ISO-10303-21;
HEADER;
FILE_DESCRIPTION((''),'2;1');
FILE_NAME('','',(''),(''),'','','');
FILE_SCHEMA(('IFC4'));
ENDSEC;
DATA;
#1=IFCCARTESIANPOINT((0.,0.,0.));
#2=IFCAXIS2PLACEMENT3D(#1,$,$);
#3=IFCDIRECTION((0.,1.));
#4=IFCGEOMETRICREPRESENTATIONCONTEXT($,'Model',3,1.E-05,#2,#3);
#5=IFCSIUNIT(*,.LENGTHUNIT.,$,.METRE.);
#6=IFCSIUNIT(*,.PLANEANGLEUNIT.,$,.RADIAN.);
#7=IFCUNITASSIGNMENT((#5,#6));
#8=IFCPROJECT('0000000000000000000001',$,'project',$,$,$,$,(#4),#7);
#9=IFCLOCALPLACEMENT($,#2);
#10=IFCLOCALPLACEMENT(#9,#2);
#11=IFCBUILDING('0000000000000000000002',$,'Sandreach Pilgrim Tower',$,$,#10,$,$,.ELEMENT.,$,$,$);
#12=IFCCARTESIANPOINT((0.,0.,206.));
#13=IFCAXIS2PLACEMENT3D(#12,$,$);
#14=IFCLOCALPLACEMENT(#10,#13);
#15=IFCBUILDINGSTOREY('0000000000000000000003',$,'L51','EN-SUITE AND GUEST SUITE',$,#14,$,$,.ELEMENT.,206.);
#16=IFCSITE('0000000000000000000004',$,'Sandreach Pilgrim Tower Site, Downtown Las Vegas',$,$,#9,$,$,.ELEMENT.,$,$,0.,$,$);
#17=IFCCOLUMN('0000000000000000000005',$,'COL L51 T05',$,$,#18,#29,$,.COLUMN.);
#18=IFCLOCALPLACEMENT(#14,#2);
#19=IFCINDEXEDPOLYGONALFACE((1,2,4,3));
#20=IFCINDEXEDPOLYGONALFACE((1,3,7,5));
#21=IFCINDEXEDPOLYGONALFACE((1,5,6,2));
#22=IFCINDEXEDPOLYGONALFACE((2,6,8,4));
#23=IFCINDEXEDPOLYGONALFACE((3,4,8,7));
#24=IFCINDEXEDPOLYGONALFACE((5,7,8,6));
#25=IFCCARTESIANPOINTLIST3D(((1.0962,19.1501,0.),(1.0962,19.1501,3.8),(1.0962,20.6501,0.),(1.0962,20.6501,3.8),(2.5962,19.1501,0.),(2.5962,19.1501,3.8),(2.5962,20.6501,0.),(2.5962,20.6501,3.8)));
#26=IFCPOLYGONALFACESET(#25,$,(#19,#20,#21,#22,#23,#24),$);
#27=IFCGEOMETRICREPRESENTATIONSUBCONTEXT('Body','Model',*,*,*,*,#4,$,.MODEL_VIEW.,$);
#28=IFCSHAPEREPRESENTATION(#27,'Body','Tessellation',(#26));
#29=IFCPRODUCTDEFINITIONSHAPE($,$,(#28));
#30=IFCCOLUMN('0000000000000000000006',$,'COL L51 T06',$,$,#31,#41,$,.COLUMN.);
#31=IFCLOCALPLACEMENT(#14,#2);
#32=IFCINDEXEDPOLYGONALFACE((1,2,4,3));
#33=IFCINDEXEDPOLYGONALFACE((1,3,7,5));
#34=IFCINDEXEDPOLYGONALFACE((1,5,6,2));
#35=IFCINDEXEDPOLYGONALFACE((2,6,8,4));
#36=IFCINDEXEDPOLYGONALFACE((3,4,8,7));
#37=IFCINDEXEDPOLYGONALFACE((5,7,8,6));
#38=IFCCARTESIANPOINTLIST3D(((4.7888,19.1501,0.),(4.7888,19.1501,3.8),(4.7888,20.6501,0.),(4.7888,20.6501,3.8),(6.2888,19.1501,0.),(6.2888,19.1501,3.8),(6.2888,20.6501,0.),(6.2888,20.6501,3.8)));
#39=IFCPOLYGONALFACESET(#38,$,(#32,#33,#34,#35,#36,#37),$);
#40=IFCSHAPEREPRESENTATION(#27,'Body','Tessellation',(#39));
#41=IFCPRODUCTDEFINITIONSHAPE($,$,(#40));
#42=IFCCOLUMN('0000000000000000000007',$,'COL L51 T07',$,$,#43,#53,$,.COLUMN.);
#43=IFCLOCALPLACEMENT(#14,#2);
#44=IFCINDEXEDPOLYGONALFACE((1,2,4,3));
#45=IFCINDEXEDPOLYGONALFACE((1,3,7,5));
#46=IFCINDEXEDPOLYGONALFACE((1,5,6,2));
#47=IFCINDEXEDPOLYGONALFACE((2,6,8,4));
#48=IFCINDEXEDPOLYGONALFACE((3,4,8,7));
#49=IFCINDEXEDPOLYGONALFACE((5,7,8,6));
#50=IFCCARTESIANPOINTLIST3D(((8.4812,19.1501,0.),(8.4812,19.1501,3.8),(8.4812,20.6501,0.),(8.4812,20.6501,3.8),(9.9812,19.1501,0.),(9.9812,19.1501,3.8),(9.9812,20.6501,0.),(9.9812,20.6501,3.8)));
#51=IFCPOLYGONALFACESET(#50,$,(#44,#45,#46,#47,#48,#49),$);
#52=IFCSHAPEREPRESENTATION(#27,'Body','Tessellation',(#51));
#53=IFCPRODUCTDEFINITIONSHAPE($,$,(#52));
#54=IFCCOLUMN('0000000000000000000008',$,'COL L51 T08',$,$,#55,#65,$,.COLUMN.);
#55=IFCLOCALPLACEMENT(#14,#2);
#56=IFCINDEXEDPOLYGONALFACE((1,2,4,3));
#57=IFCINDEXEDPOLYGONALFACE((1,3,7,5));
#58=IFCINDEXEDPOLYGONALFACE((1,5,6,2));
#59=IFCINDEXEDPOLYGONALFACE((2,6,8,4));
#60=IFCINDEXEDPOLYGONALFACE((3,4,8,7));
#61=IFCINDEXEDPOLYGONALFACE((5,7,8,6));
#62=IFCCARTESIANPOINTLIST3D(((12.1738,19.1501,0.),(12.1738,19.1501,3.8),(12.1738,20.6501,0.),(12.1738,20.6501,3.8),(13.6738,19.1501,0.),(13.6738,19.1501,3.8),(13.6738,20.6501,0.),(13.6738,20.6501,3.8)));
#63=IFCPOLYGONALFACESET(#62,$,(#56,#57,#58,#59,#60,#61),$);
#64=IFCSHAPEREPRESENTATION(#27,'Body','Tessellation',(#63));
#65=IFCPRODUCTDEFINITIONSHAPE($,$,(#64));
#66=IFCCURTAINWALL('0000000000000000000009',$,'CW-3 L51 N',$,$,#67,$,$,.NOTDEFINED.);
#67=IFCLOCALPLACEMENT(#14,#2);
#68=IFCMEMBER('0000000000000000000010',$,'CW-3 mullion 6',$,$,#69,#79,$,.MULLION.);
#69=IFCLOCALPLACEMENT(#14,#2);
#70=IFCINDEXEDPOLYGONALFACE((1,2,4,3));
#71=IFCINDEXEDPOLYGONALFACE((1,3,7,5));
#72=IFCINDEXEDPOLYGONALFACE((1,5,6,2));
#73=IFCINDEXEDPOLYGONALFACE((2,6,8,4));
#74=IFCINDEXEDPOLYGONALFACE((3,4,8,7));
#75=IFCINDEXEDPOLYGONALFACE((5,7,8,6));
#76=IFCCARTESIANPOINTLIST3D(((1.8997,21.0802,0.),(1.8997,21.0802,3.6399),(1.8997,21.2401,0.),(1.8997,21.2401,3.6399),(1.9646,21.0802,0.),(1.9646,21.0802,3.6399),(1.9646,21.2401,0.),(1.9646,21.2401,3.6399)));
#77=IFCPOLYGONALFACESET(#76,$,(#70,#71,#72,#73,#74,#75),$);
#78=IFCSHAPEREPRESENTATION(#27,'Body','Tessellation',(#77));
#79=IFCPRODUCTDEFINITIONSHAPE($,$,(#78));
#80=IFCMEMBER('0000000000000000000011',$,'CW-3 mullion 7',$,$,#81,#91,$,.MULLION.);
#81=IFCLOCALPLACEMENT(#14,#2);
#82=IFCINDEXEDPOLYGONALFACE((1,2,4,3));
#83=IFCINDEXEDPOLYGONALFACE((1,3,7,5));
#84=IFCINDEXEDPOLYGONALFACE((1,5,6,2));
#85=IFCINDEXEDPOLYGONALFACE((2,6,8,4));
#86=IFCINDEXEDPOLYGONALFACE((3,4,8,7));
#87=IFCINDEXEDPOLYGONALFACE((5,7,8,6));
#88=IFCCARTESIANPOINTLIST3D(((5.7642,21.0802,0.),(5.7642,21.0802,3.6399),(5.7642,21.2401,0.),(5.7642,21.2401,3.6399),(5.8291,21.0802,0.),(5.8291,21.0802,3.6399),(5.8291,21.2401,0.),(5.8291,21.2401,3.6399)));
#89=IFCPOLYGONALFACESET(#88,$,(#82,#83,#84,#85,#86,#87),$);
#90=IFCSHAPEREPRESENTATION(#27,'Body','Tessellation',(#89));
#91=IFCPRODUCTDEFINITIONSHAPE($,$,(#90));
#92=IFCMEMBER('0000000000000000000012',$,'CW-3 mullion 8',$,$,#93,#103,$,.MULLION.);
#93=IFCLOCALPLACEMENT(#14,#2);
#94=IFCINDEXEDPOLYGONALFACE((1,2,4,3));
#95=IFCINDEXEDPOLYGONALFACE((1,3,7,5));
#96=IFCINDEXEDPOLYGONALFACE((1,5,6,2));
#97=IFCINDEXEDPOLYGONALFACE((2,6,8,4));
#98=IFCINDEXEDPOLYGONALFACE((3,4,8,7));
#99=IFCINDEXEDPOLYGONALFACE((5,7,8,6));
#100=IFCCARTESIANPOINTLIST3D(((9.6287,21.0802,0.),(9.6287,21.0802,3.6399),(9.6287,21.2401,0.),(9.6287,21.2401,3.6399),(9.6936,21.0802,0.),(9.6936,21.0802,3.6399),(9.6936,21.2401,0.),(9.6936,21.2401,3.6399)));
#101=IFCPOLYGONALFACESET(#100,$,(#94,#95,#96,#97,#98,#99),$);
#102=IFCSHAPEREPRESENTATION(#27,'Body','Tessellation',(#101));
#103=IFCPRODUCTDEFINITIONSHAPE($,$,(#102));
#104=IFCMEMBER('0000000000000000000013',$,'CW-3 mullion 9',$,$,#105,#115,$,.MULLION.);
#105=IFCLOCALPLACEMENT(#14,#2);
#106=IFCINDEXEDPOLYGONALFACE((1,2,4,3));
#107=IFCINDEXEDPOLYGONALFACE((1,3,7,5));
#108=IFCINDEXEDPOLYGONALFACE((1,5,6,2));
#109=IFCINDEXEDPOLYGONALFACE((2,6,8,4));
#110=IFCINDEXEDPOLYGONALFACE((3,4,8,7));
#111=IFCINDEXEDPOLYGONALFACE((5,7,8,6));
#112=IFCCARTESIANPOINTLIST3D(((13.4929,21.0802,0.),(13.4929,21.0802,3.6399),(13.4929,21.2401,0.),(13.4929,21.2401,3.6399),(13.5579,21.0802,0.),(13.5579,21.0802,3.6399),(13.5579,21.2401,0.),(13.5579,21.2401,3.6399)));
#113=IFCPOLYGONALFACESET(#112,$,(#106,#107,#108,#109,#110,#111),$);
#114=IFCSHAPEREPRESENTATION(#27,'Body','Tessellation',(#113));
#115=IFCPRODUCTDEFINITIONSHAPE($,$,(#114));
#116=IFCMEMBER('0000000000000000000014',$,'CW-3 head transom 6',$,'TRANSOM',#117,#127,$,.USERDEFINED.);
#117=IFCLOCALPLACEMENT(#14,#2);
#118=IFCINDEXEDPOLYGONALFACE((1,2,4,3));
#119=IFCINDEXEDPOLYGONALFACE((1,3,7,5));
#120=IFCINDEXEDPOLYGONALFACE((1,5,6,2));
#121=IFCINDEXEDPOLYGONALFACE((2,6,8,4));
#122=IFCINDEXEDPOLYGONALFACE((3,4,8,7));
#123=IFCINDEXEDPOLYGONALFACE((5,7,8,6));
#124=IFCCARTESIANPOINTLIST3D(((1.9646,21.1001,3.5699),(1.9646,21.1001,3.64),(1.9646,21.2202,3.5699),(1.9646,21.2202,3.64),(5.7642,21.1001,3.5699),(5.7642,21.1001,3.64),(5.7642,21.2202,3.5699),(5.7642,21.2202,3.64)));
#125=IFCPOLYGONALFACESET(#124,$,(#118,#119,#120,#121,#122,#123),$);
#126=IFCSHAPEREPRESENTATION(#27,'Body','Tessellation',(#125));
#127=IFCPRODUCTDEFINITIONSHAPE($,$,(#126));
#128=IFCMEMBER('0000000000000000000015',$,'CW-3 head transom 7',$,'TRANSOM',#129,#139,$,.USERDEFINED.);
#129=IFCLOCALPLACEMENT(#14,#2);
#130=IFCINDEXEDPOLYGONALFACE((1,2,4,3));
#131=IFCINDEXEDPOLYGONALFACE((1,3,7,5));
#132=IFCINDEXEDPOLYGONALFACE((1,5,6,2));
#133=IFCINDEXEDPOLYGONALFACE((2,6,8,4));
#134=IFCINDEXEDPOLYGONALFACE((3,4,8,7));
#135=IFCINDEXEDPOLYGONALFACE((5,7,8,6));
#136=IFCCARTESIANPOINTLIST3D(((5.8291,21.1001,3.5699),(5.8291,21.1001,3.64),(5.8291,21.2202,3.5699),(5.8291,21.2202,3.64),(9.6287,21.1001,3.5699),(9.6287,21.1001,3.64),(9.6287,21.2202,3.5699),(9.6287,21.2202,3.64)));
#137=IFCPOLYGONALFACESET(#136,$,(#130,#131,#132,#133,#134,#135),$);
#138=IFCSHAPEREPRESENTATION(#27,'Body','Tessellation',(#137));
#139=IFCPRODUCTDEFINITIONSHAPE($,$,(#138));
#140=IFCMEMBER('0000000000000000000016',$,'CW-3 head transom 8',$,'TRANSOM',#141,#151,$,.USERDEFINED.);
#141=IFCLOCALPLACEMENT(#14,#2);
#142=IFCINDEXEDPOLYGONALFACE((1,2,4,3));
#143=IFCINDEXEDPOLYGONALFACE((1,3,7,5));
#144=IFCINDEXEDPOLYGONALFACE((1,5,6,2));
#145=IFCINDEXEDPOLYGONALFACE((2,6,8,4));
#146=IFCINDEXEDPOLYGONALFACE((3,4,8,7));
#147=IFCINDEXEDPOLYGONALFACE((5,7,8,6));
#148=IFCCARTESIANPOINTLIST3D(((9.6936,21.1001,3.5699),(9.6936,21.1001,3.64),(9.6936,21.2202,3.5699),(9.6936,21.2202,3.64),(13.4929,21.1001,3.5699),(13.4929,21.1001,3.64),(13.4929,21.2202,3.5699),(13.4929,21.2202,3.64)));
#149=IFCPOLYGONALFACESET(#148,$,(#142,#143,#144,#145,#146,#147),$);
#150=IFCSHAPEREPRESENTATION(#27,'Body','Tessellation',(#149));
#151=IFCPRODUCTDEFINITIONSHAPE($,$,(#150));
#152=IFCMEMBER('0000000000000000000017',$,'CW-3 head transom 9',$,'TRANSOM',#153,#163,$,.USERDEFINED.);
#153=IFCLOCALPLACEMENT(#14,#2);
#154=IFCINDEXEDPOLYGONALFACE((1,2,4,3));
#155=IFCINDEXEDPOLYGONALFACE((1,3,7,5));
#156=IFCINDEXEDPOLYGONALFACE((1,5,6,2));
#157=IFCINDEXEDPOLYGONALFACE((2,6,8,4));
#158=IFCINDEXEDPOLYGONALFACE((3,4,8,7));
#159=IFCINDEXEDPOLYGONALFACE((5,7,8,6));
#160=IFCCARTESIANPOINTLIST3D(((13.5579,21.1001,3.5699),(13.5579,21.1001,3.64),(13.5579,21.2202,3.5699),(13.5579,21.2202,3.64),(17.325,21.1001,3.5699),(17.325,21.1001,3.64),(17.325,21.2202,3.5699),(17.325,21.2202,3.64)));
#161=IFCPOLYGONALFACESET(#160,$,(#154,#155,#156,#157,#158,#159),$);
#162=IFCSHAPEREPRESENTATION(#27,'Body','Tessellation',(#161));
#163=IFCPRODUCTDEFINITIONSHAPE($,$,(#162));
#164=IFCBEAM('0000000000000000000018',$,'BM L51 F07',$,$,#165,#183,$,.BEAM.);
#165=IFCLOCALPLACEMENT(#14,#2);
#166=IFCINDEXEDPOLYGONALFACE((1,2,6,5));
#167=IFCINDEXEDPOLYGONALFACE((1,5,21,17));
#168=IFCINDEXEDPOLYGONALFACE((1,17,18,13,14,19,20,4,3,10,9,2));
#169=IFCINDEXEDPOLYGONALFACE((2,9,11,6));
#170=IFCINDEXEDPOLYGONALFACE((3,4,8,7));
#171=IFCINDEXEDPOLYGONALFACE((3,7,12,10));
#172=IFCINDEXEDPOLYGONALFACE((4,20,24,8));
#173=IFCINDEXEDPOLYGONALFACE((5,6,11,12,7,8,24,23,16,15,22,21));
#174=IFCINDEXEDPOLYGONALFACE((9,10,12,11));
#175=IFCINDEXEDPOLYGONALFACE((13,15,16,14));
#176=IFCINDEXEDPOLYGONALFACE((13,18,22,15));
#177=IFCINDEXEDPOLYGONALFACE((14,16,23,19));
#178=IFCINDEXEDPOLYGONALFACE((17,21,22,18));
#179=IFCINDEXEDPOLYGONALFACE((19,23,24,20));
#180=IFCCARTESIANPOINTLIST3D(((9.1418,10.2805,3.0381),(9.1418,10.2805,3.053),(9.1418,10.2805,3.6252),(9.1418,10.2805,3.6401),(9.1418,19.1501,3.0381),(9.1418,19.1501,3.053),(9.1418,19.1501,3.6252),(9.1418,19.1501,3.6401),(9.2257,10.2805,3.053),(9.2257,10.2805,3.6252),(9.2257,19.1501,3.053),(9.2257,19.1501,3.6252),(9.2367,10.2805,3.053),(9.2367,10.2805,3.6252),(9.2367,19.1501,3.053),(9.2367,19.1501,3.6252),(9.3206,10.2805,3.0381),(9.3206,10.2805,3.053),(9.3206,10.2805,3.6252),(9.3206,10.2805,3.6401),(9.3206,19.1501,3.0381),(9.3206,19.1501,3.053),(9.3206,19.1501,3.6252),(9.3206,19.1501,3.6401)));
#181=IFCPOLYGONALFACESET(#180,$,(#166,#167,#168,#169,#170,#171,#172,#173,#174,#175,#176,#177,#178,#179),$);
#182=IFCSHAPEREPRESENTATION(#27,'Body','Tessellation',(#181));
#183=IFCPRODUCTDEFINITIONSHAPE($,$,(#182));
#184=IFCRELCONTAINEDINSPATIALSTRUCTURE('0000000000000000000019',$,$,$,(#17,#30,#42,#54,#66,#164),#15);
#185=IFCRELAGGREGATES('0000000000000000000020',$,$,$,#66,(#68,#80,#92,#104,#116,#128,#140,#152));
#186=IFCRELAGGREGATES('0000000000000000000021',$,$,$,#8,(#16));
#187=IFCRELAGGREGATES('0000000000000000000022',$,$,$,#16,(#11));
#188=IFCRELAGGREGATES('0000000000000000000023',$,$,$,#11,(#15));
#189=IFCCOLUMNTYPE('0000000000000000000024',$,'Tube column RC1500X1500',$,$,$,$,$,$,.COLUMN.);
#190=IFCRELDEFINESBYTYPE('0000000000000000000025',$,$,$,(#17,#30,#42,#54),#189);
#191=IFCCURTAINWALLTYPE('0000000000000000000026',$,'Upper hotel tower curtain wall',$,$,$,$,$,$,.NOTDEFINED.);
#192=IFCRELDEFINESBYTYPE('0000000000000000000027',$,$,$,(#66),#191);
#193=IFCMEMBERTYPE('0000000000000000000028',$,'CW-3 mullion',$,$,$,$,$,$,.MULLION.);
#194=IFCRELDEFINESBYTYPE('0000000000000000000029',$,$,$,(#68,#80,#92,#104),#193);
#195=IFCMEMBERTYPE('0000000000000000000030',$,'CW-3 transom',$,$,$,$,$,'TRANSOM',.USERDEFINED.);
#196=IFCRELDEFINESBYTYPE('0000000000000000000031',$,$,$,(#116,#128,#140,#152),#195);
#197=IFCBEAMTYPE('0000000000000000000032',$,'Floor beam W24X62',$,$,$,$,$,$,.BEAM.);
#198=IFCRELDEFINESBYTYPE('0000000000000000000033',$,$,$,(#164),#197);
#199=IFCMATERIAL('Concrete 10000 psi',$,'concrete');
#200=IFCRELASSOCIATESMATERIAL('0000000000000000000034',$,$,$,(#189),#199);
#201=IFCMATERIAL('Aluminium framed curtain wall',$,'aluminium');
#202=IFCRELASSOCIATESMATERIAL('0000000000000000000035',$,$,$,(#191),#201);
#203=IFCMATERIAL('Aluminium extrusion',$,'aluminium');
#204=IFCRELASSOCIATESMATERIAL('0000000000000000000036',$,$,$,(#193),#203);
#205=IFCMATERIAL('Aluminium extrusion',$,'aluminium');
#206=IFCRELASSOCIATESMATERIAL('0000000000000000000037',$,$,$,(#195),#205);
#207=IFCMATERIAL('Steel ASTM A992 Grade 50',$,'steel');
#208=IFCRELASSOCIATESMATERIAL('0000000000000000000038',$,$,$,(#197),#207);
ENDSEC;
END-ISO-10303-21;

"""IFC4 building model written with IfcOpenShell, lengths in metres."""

from ifc_helpers import new_model, si_unit, direction, frame, origin, origin_2d, place, context, subcontext, project, spatial, rectangle, i_section, extrude, material, material_profile, profile_set, type_object, element, aggregate, save


model = new_model("IFC4")

# Units and contexts
model_context = context("Model", 3, precision=1e-05, world=origin(), true_north=direction((0.0, 1.0)))
body_context = subcontext(model_context, "Body", "Model", "MODEL_VIEW")
ifc_project = project(units=[si_unit("LENGTHUNIT", "METRE"), si_unit("PLANEANGLEUNIT", "RADIAN")], contexts=[model_context])

# Site, building, storey
site_placement = place(None, origin())
site = spatial("IfcSite", under=ifc_project, at=site_placement, Name="Sandreach Pilgrim Tower Site, Downtown Las Vegas", CompositionType="ELEMENT", RefElevation=0.0)
building_placement = place(site_placement, origin())
building = spatial("IfcBuilding", under=site, at=building_placement, Name="Sandreach Pilgrim Tower", CompositionType="ELEMENT")
storey_placement = place(building_placement, frame((0.0, 0.0, 206.0)))
storey = spatial("IfcBuildingStorey", under=building, at=storey_placement, Name="L51", Description="EN-SUITE AND GUEST SUITE", CompositionType="ELEMENT", Elevation=206.0)

# Columns
ifc_material_1 = material(Name="Concrete 10000 psi", Category="concrete")
ifc_material_profile_1 = material_profile(ifc_material_1, rectangle(XDim=1.5, YDim=1.5, at=origin_2d()), Name="RC1500X1500")
ifc_profile_set_1 = profile_set([ifc_material_profile_1], Name="Concrete 10000 psi")
column_type = type_object("IfcColumnType", Name="Tube column RC1500X1500", PredefinedType="COLUMN", material=ifc_profile_set_1)
for number, where, z_axis, x_axis, name in (
    (1, (1.8462, 19.9001, 0.0), (0.0, 0.0, 1.0), (0.0, 1.0, 0.0), "COL L51 T05"),
    (2, (5.5388, 19.9001, 0.0), (0.0, 0.0, 1.0), (0.0, 1.0, 0.0), "COL L51 T06"),
    (3, (9.2312, 19.9001, 0.0), (0.0, 0.0, 1.0), (0.0, 1.0, 0.0), "COL L51 T07"),
    (4, (12.9238, 19.9001, 0.0), (0.0, 0.0, 1.0), (0.0, 1.0, 0.0), "COL L51 T08"),
):
    element("IfcColumn", number, at=place(storey_placement, frame(where, z_axis=z_axis, x_axis=x_axis)), inside=storey, type_object=column_type, Name=name, PredefinedType="COLUMN", context=body_context, shape_type="SweptSolid", body=[
        extrude(rectangle(XDim=1.5, YDim=1.5, at=origin_2d()), origin(), (0.0, 0.0, 1.0), 3.8),
    ])

# Curtain wall, members
ifc_material_2 = material(Name="Aluminium framed curtain wall", Category="aluminium")
curtain_wall_type = type_object("IfcCurtainWallType", Name="Upper hotel tower curtain wall", PredefinedType="NOTDEFINED", material=ifc_material_2)
curtain_wall_placement = place(storey_placement, origin())
curtain_wall = element("IfcCurtainWall", 5, at=curtain_wall_placement, inside=storey, type_object=curtain_wall_type, Name="CW-3 L51 N", PredefinedType="NOTDEFINED")
ifc_material_3 = material(Name="Aluminium extrusion", Category="aluminium")
ifc_material_profile_2 = material_profile(ifc_material_3, rectangle(XDim=0.0649, YDim=0.1599, at=origin_2d()), Name="CW-3M 65X160")
ifc_profile_set_2 = profile_set([ifc_material_profile_2], Name="Aluminium extrusion")
member_type_1 = type_object("IfcMemberType", Name="CW-3 mullion", PredefinedType="MULLION", material=ifc_profile_set_2)
member_1_placement = place(storey_placement, frame((1.9321, 21.1602, 0.0), z_axis=(0.0, 0.0, 1.0), x_axis=(1.0, 0.0, 0.0)))
member_1 = element("IfcMember", 6, at=member_1_placement, type_object=member_type_1, Name="CW-3 mullion 6", PredefinedType="MULLION", context=body_context, shape_type="SweptSolid", body=[
    extrude(rectangle(XDim=0.0649, YDim=0.1599, at=origin_2d()), origin(), (0.0, 0.0, 1.0), 3.6399),
])
member_2_placement = place(storey_placement, frame((5.7966, 21.1602, 0.0), z_axis=(0.0, 0.0, 1.0), x_axis=(1.0, 0.0, 0.0)))
member_2 = element("IfcMember", 7, at=member_2_placement, type_object=member_type_1, Name="CW-3 mullion 7", PredefinedType="MULLION", context=body_context, shape_type="SweptSolid", body=[
    extrude(rectangle(XDim=0.0649, YDim=0.1599, at=origin_2d()), origin(), (0.0, 0.0, 1.0), 3.6399),
])
member_3_placement = place(storey_placement, frame((9.6611, 21.1602, 0.0), z_axis=(0.0, 0.0, 1.0), x_axis=(1.0, 0.0, 0.0)))
member_3 = element("IfcMember", 8, at=member_3_placement, type_object=member_type_1, Name="CW-3 mullion 8", PredefinedType="MULLION", context=body_context, shape_type="SweptSolid", body=[
    extrude(rectangle(XDim=0.0649, YDim=0.1599, at=origin_2d()), origin(), (0.0, 0.0, 1.0), 3.6399),
])
member_4_placement = place(storey_placement, frame((13.5254, 21.1602, 0.0), z_axis=(0.0, 0.0, 1.0), x_axis=(1.0, 0.0, 0.0)))
member_4 = element("IfcMember", 9, at=member_4_placement, type_object=member_type_1, Name="CW-3 mullion 9", PredefinedType="MULLION", context=body_context, shape_type="SweptSolid", body=[
    extrude(rectangle(XDim=0.0649, YDim=0.1599, at=origin_2d()), origin(), (0.0, 0.0, 1.0), 3.6399),
])
ifc_material_4 = material(Name="Aluminium extrusion", Category="aluminium")
ifc_material_profile_3 = material_profile(ifc_material_4, rectangle(XDim=0.1201, YDim=0.0701, at=origin_2d()), Name="CW-3T 120X70")
ifc_profile_set_3 = profile_set([ifc_material_profile_3], Name="Aluminium extrusion")
member_type_2 = type_object("IfcMemberType", Name="CW-3 transom", ElementType="TRANSOM", PredefinedType="USERDEFINED", material=ifc_profile_set_3)
member_5_placement = place(storey_placement, frame((1.9646, 21.1602, 3.605), z_axis=(1.0, 0.0, 0.0), x_axis=(0.0, 1.0, 0.0)))
member_5 = element("IfcMember", 10, at=member_5_placement, type_object=member_type_2, Name="CW-3 head transom 6", ObjectType="TRANSOM", PredefinedType="USERDEFINED", context=body_context, shape_type="SweptSolid", body=[
    extrude(rectangle(XDim=0.1201, YDim=0.0701, at=origin_2d()), origin(), (0.0, 0.0, 1.0), 3.7996),
])
member_6_placement = place(storey_placement, frame((5.8291, 21.1602, 3.605), z_axis=(1.0, 0.0, 0.0), x_axis=(0.0, 1.0, 0.0)))
member_6 = element("IfcMember", 11, at=member_6_placement, type_object=member_type_2, Name="CW-3 head transom 7", ObjectType="TRANSOM", PredefinedType="USERDEFINED", context=body_context, shape_type="SweptSolid", body=[
    extrude(rectangle(XDim=0.1201, YDim=0.0701, at=origin_2d()), origin(), (0.0, 0.0, 1.0), 3.7996),
])
member_7_placement = place(storey_placement, frame((9.6936, 21.1602, 3.605), z_axis=(1.0, 0.0, 0.0), x_axis=(0.0, 1.0, 0.0)))
member_7 = element("IfcMember", 12, at=member_7_placement, type_object=member_type_2, Name="CW-3 head transom 8", ObjectType="TRANSOM", PredefinedType="USERDEFINED", context=body_context, shape_type="SweptSolid", body=[
    extrude(rectangle(XDim=0.1201, YDim=0.0701, at=origin_2d()), origin(), (0.0, 0.0, 1.0), 3.7993),
])
member_8_placement = place(storey_placement, frame((13.5579, 21.1602, 3.605), z_axis=(1.0, 0.0, 0.0), x_axis=(0.0, 1.0, 0.0)))
member_8 = element("IfcMember", 13, at=member_8_placement, type_object=member_type_2, Name="CW-3 head transom 9", ObjectType="TRANSOM", PredefinedType="USERDEFINED", context=body_context, shape_type="SweptSolid", body=[
    extrude(rectangle(XDim=0.1201, YDim=0.0701, at=origin_2d()), origin(), (0.0, 0.0, 1.0), 3.7671),
])

# Beam
ifc_material_5 = material(Name="Steel ASTM A992 Grade 50", Category="steel")
ifc_material_profile_4 = material_profile(ifc_material_5, i_section(OverallWidth=0.1787, OverallDepth=0.6021, WebThickness=0.011, FlangeThickness=0.0149, at=origin_2d()), Name="W24X62")
ifc_profile_set_4 = profile_set([ifc_material_profile_4], Name="Steel ASTM A992 Grade 50")
beam_type_1 = type_object("IfcBeamType", Name="Floor beam W24X62", PredefinedType="BEAM", material=ifc_profile_set_4)
beam_1_placement = place(storey_placement, frame((9.2312, 19.1501, 3.3391), z_axis=(0.0, -1.0, 0.0), x_axis=(1.0, 0.0, 0.0)))
element("IfcBeam", 14, at=beam_1_placement, inside=storey, type_object=beam_type_1, Name="BM L51 F07", PredefinedType="BEAM", context=body_context, shape_type="SweptSolid", body=[
    extrude(i_section(OverallWidth=0.1787, OverallDepth=0.6021, WebThickness=0.011, FlangeThickness=0.0149, at=origin_2d()), origin(), (0.0, 0.0, 1.0), 8.8696),
])

aggregate(curtain_wall, [member_1, member_2, member_3, member_4, member_5, member_6, member_7, member_8])

save(model, "model.ifc")
